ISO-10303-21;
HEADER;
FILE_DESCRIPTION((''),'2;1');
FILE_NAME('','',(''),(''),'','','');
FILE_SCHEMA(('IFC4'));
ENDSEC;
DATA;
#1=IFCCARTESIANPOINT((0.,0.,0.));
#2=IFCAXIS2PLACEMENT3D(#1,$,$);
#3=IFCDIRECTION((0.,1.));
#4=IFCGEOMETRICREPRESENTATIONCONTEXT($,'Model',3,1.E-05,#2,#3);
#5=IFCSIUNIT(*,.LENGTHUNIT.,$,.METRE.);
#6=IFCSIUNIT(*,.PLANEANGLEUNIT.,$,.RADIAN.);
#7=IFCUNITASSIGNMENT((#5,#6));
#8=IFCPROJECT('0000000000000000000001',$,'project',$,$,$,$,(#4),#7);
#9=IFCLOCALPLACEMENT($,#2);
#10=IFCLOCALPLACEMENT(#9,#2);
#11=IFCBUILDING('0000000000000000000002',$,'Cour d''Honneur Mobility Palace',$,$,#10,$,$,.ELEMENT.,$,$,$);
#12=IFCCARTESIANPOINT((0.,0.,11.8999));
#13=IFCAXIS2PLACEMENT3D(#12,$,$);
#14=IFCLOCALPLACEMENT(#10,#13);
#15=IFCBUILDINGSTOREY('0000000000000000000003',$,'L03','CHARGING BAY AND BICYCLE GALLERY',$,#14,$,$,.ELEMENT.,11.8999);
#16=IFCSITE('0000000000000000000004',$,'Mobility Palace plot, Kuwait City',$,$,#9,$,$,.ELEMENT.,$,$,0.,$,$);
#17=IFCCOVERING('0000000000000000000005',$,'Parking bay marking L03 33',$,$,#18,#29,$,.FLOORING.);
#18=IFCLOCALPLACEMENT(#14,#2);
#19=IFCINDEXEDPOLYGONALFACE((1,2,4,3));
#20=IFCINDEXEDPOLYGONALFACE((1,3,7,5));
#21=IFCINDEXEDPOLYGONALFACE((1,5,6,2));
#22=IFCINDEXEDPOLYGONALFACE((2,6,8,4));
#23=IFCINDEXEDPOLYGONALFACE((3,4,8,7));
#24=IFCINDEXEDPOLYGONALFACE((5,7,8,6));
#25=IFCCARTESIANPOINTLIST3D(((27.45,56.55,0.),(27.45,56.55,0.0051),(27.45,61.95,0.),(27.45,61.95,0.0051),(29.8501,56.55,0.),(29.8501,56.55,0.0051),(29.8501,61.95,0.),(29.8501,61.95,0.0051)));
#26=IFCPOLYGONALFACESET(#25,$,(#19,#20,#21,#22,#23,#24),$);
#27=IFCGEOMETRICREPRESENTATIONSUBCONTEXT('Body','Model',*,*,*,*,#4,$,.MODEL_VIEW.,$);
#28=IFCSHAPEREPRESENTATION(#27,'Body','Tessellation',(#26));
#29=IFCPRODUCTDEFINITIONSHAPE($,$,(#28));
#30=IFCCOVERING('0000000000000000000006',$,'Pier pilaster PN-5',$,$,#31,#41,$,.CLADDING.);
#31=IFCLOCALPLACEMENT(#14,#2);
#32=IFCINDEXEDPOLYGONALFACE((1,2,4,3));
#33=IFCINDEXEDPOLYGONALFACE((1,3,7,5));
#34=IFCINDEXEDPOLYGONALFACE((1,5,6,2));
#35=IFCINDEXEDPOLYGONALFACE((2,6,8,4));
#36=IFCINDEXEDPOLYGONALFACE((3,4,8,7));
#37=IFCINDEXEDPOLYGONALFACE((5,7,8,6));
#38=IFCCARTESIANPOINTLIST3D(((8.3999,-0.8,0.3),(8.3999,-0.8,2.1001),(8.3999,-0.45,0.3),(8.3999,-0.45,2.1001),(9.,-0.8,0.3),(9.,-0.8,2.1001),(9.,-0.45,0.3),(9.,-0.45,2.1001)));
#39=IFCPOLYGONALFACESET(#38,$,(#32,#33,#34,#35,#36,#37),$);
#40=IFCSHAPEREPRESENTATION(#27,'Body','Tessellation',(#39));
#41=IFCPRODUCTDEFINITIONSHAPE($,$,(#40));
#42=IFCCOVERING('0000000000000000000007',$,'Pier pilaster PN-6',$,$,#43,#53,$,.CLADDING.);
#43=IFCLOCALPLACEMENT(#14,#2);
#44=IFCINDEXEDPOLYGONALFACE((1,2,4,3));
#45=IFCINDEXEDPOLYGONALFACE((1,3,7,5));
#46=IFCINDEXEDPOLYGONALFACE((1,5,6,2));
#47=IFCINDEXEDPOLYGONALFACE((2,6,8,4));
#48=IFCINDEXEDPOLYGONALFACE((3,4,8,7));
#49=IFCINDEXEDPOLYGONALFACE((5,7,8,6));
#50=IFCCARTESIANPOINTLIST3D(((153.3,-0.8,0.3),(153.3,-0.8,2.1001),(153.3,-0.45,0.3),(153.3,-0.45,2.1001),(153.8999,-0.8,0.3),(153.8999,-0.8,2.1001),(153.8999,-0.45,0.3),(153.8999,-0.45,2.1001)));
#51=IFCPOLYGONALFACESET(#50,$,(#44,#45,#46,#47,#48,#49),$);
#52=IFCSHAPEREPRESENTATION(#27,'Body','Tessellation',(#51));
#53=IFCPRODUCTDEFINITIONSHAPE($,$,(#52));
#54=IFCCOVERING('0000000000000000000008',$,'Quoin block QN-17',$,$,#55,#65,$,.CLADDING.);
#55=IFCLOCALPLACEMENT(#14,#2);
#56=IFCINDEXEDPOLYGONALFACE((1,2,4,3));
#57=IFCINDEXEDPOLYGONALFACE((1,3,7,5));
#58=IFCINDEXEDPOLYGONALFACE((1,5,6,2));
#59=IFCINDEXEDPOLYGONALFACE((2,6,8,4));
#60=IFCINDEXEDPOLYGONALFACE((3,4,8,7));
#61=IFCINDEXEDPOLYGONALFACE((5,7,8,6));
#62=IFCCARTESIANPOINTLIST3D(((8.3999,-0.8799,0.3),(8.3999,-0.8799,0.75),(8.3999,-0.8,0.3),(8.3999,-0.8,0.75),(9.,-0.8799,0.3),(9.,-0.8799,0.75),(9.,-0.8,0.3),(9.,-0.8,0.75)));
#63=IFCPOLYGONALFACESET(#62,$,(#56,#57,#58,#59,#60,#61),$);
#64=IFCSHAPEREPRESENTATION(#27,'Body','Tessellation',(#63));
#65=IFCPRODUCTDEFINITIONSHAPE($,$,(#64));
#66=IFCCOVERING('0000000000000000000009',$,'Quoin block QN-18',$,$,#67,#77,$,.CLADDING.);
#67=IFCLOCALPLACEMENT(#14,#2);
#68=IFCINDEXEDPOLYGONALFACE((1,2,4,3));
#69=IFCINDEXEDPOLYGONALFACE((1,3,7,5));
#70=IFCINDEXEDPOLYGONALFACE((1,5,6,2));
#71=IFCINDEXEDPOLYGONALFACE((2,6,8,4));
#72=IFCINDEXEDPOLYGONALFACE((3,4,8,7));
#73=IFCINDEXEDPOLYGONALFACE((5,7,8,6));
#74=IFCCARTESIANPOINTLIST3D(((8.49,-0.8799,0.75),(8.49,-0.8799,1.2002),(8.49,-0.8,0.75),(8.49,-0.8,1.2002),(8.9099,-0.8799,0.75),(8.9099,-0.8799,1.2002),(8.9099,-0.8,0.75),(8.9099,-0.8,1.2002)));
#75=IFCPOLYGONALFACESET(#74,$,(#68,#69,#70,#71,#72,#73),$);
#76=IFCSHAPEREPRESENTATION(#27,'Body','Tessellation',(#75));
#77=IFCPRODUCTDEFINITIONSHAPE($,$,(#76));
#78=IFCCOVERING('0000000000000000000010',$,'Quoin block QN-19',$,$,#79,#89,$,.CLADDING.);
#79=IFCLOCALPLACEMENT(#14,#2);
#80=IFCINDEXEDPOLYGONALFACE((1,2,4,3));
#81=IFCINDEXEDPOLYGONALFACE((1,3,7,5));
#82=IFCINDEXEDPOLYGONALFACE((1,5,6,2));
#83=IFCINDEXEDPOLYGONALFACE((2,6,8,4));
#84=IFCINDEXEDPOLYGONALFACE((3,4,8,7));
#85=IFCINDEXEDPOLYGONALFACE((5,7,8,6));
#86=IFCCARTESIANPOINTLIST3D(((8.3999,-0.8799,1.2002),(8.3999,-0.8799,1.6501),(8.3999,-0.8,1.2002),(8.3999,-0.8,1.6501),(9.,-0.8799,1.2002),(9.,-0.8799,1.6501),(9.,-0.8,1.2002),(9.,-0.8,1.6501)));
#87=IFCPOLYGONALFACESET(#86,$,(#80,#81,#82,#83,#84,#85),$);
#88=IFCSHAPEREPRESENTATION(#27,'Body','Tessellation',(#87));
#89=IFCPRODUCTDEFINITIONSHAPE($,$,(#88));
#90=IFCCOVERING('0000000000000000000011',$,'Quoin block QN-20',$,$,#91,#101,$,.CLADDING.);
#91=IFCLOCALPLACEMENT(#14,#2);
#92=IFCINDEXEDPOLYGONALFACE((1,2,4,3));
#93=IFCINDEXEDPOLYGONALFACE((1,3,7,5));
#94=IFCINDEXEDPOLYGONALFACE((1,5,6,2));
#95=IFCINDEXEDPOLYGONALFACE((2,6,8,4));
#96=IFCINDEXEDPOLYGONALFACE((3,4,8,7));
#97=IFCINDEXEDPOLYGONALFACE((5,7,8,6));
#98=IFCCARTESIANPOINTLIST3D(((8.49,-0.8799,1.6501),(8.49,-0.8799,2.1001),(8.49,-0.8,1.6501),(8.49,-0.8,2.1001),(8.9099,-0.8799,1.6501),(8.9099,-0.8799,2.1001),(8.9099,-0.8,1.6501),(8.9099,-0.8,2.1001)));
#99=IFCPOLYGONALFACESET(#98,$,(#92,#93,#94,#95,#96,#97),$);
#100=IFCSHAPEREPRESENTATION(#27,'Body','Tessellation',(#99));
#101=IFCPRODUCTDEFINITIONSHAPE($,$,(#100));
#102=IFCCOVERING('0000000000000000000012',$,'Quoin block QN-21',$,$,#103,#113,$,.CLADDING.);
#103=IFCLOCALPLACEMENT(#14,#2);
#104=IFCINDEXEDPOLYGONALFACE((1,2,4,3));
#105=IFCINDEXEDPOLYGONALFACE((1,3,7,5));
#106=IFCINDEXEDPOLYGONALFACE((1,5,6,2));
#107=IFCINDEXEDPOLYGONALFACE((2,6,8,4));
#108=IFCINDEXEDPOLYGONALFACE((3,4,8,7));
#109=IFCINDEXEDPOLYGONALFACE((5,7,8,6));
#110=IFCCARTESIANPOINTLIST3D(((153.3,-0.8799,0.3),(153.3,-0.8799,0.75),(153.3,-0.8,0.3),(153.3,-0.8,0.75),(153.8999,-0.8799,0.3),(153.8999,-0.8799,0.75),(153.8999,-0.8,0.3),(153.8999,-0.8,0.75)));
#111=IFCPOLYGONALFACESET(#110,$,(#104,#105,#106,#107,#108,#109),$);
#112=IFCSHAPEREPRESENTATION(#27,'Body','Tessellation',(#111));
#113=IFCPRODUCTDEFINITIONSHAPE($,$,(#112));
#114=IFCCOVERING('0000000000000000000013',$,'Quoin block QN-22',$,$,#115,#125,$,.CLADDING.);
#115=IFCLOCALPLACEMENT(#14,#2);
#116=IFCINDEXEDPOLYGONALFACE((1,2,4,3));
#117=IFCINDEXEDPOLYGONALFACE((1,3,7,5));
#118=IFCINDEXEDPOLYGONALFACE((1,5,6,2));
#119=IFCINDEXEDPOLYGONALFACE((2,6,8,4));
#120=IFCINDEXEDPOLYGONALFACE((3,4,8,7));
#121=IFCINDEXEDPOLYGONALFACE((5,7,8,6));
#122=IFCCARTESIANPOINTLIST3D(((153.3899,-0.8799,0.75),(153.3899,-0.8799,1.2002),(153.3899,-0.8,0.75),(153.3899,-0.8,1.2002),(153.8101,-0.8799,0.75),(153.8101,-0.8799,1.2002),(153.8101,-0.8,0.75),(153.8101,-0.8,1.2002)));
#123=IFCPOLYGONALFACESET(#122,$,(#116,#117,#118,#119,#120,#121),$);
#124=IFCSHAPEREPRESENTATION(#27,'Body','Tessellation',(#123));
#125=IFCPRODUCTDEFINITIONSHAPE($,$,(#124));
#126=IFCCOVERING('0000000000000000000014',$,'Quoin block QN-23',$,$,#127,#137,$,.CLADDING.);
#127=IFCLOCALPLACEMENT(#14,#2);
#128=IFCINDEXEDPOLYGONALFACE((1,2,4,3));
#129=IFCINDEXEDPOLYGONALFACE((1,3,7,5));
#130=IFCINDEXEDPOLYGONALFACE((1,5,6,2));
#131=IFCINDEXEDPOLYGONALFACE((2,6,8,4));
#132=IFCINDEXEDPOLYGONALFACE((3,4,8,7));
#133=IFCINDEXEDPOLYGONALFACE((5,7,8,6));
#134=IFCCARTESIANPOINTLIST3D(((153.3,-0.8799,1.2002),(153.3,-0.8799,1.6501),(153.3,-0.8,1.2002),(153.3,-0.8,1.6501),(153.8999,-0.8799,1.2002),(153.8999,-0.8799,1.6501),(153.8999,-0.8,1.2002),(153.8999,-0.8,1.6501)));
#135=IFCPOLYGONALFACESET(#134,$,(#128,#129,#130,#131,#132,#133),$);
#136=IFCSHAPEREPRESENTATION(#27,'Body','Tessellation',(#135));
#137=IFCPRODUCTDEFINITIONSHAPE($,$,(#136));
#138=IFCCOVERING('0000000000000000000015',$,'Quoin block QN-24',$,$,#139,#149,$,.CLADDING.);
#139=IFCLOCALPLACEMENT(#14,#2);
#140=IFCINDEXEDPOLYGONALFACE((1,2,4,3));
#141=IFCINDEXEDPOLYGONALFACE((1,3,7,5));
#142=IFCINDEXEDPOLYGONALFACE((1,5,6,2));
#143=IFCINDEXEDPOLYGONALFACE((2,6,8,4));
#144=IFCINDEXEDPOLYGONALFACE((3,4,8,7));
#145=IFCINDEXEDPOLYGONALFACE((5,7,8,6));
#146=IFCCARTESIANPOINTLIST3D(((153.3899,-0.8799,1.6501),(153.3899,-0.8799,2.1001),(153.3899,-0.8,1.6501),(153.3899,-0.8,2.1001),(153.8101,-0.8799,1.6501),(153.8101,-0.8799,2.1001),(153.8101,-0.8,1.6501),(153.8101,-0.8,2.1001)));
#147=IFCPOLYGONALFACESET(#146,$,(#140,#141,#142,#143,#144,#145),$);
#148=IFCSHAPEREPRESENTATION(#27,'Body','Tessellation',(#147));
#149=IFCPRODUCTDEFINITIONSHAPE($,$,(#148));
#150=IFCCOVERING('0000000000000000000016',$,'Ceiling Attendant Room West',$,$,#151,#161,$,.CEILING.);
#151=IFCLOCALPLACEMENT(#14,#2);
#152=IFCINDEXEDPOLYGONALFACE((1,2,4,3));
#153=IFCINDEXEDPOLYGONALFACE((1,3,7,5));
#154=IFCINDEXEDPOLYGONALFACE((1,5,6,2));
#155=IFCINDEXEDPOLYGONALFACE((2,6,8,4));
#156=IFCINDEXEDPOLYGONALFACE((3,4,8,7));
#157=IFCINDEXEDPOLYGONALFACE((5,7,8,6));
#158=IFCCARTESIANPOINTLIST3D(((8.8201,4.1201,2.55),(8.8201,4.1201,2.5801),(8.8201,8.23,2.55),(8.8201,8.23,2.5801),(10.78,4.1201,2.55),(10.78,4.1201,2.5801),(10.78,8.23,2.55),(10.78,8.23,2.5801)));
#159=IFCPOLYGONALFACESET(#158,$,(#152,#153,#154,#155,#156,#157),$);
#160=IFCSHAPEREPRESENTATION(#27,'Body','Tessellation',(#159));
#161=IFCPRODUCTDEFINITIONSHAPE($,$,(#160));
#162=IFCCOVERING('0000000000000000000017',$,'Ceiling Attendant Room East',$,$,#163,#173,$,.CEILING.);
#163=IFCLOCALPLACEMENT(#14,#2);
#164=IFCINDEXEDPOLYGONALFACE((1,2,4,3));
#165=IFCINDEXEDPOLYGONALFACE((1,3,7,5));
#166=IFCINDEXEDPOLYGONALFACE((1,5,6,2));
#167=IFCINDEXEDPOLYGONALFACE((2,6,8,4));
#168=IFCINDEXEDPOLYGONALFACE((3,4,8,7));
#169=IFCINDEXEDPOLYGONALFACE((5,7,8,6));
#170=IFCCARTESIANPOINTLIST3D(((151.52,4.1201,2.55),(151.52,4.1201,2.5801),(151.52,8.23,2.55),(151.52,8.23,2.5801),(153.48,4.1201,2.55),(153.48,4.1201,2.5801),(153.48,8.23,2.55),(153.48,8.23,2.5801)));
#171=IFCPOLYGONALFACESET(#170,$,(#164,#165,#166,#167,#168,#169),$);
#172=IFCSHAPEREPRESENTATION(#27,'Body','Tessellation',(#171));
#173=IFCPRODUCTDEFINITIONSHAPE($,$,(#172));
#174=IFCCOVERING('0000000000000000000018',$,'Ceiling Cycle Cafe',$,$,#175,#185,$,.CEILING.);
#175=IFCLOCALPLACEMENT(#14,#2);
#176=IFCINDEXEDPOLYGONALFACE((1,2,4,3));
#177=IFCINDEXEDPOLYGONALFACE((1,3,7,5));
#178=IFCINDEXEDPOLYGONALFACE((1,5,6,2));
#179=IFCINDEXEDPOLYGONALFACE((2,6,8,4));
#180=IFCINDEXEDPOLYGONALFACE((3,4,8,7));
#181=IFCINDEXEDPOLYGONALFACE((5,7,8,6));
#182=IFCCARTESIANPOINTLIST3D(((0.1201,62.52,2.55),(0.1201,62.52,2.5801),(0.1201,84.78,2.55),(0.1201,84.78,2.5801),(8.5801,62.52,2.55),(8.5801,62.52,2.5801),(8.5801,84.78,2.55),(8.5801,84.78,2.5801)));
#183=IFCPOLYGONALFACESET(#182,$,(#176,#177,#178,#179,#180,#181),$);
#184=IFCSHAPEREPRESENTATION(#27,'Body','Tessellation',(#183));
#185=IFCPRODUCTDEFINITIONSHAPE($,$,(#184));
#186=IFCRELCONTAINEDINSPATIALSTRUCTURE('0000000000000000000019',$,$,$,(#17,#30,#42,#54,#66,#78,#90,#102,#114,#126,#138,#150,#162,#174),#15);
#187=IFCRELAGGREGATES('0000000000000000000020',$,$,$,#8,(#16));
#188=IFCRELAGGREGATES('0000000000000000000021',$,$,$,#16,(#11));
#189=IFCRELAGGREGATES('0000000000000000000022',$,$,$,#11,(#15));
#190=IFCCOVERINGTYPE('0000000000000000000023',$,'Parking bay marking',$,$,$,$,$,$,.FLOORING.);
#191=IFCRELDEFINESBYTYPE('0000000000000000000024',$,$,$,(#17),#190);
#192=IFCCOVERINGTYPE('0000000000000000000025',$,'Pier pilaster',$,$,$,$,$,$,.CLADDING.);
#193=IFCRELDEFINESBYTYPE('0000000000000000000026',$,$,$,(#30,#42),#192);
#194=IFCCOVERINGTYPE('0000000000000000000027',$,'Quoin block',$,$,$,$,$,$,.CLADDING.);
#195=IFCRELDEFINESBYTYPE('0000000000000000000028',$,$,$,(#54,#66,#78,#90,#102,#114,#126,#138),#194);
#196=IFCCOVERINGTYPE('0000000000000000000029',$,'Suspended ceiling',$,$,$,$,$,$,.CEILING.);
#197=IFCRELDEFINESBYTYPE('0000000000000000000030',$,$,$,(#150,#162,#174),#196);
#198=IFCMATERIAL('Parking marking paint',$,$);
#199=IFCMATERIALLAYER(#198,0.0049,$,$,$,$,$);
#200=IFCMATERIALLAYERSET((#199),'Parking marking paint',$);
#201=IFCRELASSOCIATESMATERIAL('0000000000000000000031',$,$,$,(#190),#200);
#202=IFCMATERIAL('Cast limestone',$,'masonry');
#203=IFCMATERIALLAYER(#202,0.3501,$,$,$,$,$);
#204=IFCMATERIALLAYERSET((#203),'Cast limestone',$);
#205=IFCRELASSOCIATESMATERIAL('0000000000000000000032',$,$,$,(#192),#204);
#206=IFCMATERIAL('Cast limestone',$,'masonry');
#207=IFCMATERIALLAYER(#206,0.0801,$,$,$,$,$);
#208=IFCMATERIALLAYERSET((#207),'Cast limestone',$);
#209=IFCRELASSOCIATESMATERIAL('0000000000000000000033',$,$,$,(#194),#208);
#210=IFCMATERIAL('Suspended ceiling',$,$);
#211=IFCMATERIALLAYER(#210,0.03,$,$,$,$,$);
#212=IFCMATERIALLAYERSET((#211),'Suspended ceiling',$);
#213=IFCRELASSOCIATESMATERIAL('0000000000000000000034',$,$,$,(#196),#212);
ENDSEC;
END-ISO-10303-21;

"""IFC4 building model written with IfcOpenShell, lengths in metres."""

from ifc_helpers import new_model, si_unit, direction, frame, origin, place, context, subcontext, project, spatial, polyline, outline, extrude, material, layer, layer_set, type_object, element, save


model = new_model("IFC4")

# Units and contexts
model_context = context("Model", 3, precision=1e-05, world=origin(), true_north=direction((0.0, 1.0)))
body_context = subcontext(model_context, "Body", "Model", "MODEL_VIEW")
ifc_project = project(units=[si_unit("LENGTHUNIT", "METRE"), si_unit("PLANEANGLEUNIT", "RADIAN")], contexts=[model_context])

# Site, building, storey
site_placement = place(None, origin())
site = spatial("IfcSite", under=ifc_project, at=site_placement, Name="Mobility Palace plot, Kuwait City", CompositionType="ELEMENT", RefElevation=0.0)
building_placement = place(site_placement, origin())
building = spatial("IfcBuilding", under=site, at=building_placement, Name="Cour d'Honneur Mobility Palace", CompositionType="ELEMENT")
storey_placement = place(building_placement, frame((0.0, 0.0, 11.8999)))
storey = spatial("IfcBuildingStorey", under=building, at=storey_placement, Name="L03", Description="CHARGING BAY AND BICYCLE GALLERY", CompositionType="ELEMENT", Elevation=11.8999)

# Coverings
ifc_material_1 = material(Name="Parking marking paint")
ifc_layer_1 = layer(ifc_material_1, 0.0049)
ifc_layer_set_1 = layer_set([ifc_layer_1], Name="Parking marking paint")
covering_type_1 = type_object("IfcCoveringType", Name="Parking bay marking", PredefinedType="FLOORING", material=ifc_layer_set_1)
covering_1_placement = place(storey_placement, origin())
element("IfcCovering", 1, at=covering_1_placement, inside=storey, type_object=covering_type_1, Name="Parking bay marking L03 33", PredefinedType="FLOORING", context=body_context, shape_type="SweptSolid", body=[
    extrude(outline(polyline([(29.8501, 56.55), (27.45, 56.55), (27.45, 61.95), (29.8501, 61.95), (29.8501, 56.55)])), origin(), (0.0, 0.0, 1.0), 0.0051),
])
ifc_material_2 = material(Name="Cast limestone", Category="masonry")
ifc_layer_2 = layer(ifc_material_2, 0.3501)
ifc_layer_set_2 = layer_set([ifc_layer_2], Name="Cast limestone")
covering_type_2 = type_object("IfcCoveringType", Name="Pier pilaster", PredefinedType="CLADDING", material=ifc_layer_set_2)
covering_2_placement = place(storey_placement, frame((0.0, 0.0, 0.3)))
element("IfcCovering", 2, at=covering_2_placement, inside=storey, type_object=covering_type_2, Name="Pier pilaster PN-5", PredefinedType="CLADDING", context=body_context, shape_type="SweptSolid", body=[
    extrude(outline(polyline([(8.3999, -0.45), (9.0, -0.45), (9.0, -0.8), (8.3999, -0.8), (8.3999, -0.45)])), origin(), (0.0, 0.0, 1.0), 1.8),
])
covering_3_placement = place(storey_placement, frame((0.0, 0.0, 0.3)))
element("IfcCovering", 3, at=covering_3_placement, inside=storey, type_object=covering_type_2, Name="Pier pilaster PN-6", PredefinedType="CLADDING", context=body_context, shape_type="SweptSolid", body=[
    extrude(outline(polyline([(153.3, -0.45), (153.8999, -0.45), (153.8999, -0.8), (153.3, -0.8), (153.3, -0.45)])), origin(), (0.0, 0.0, 1.0), 1.8),
])
ifc_material_3 = material(Name="Cast limestone", Category="masonry")
ifc_layer_3 = layer(ifc_material_3, 0.0801)
ifc_layer_set_3 = layer_set([ifc_layer_3], Name="Cast limestone")
covering_type_3 = type_object("IfcCoveringType", Name="Quoin block", PredefinedType="CLADDING", material=ifc_layer_set_3)
covering_4_placement = place(storey_placement, frame((0.0, 0.0, 0.3)))
element("IfcCovering", 4, at=covering_4_placement, inside=storey, type_object=covering_type_3, Name="Quoin block QN-17", PredefinedType="CLADDING", context=body_context, shape_type="SweptSolid", body=[
    extrude(outline(polyline([(8.3999, -0.8), (9.0, -0.8), (9.0, -0.8799), (8.3999, -0.8799), (8.3999, -0.8)])), origin(), (0.0, 0.0, 1.0), 0.45),
])
covering_5_placement = place(storey_placement, frame((0.0, 0.0, 0.75)))
element("IfcCovering", 5, at=covering_5_placement, inside=storey, type_object=covering_type_3, Name="Quoin block QN-18", PredefinedType="CLADDING", context=body_context, shape_type="SweptSolid", body=[
    extrude(outline(polyline([(8.49, -0.8), (8.9099, -0.8), (8.9099, -0.8799), (8.49, -0.8799), (8.49, -0.8)])), origin(), (0.0, 0.0, 1.0), 0.4502),
])
covering_6_placement = place(storey_placement, frame((0.0, 0.0, 1.2002)))
element("IfcCovering", 6, at=covering_6_placement, inside=storey, type_object=covering_type_3, Name="Quoin block QN-19", PredefinedType="CLADDING", context=body_context, shape_type="SweptSolid", body=[
    extrude(outline(polyline([(8.3999, -0.8), (9.0, -0.8), (9.0, -0.8799), (8.3999, -0.8799), (8.3999, -0.8)])), origin(), (0.0, 0.0, 1.0), 0.45),
])
covering_7_placement = place(storey_placement, frame((0.0, 0.0, 1.6501)))
element("IfcCovering", 7, at=covering_7_placement, inside=storey, type_object=covering_type_3, Name="Quoin block QN-20", PredefinedType="CLADDING", context=body_context, shape_type="SweptSolid", body=[
    extrude(outline(polyline([(8.49, -0.8), (8.9099, -0.8), (8.9099, -0.8799), (8.49, -0.8799), (8.49, -0.8)])), origin(), (0.0, 0.0, 1.0), 0.45),
])
covering_8_placement = place(storey_placement, frame((0.0, 0.0, 0.3)))
element("IfcCovering", 8, at=covering_8_placement, inside=storey, type_object=covering_type_3, Name="Quoin block QN-21", PredefinedType="CLADDING", context=body_context, shape_type="SweptSolid", body=[
    extrude(outline(polyline([(153.3, -0.8), (153.8999, -0.8), (153.8999, -0.8799), (153.3, -0.8799), (153.3, -0.8)])), origin(), (0.0, 0.0, 1.0), 0.45),
])
covering_9_placement = place(storey_placement, frame((0.0, 0.0, 0.75)))
element("IfcCovering", 9, at=covering_9_placement, inside=storey, type_object=covering_type_3, Name="Quoin block QN-22", PredefinedType="CLADDING", context=body_context, shape_type="SweptSolid", body=[
    extrude(outline(polyline([(153.3899, -0.8), (153.8101, -0.8), (153.8101, -0.8799), (153.3899, -0.8799), (153.3899, -0.8)])), origin(), (0.0, 0.0, 1.0), 0.4502),
])
covering_10_placement = place(storey_placement, frame((0.0, 0.0, 1.2002)))
element("IfcCovering", 10, at=covering_10_placement, inside=storey, type_object=covering_type_3, Name="Quoin block QN-23", PredefinedType="CLADDING", context=body_context, shape_type="SweptSolid", body=[
    extrude(outline(polyline([(153.3, -0.8), (153.8999, -0.8), (153.8999, -0.8799), (153.3, -0.8799), (153.3, -0.8)])), origin(), (0.0, 0.0, 1.0), 0.45),
])
covering_11_placement = place(storey_placement, frame((0.0, 0.0, 1.6501)))
element("IfcCovering", 11, at=covering_11_placement, inside=storey, type_object=covering_type_3, Name="Quoin block QN-24", PredefinedType="CLADDING", context=body_context, shape_type="SweptSolid", body=[
    extrude(outline(polyline([(153.3899, -0.8), (153.8101, -0.8), (153.8101, -0.8799), (153.3899, -0.8799), (153.3899, -0.8)])), origin(), (0.0, 0.0, 1.0), 0.45),
])
ifc_material_4 = material(Name="Suspended ceiling")
ifc_layer_4 = layer(ifc_material_4, 0.03)
ifc_layer_set_4 = layer_set([ifc_layer_4], Name="Suspended ceiling")
covering_type_4 = type_object("IfcCoveringType", Name="Suspended ceiling", PredefinedType="CEILING", material=ifc_layer_set_4)
covering_12_placement = place(storey_placement, frame((0.0, 0.0, 2.55)))
element("IfcCovering", 12, at=covering_12_placement, inside=storey, type_object=covering_type_4, Name="Ceiling Attendant Room West", PredefinedType="CEILING", context=body_context, shape_type="SweptSolid", body=[
    extrude(outline(polyline([(10.78, 4.1201), (8.8201, 4.1201), (8.8201, 8.23), (10.78, 8.23), (10.78, 4.1201)])), origin(), (0.0, 0.0, 1.0), 0.03),
])
covering_13_placement = place(storey_placement, frame((0.0, 0.0, 2.55)))
element("IfcCovering", 13, at=covering_13_placement, inside=storey, type_object=covering_type_4, Name="Ceiling Attendant Room East", PredefinedType="CEILING", context=body_context, shape_type="SweptSolid", body=[
    extrude(outline(polyline([(153.48, 4.1201), (151.52, 4.1201), (151.52, 8.23), (153.48, 8.23), (153.48, 4.1201)])), origin(), (0.0, 0.0, 1.0), 0.03),
])
covering_14_placement = place(storey_placement, frame((0.0, 0.0, 2.55)))
element("IfcCovering", 14, at=covering_14_placement, inside=storey, type_object=covering_type_4, Name="Ceiling Cycle Cafe", PredefinedType="CEILING", context=body_context, shape_type="SweptSolid", body=[
    extrude(outline(polyline([(8.5801, 62.52), (0.1201, 62.52), (0.1201, 84.78), (8.5801, 84.78), (8.5801, 62.52)])), origin(), (0.0, 0.0, 1.0), 0.03),
])

save(model, "model.ifc")
